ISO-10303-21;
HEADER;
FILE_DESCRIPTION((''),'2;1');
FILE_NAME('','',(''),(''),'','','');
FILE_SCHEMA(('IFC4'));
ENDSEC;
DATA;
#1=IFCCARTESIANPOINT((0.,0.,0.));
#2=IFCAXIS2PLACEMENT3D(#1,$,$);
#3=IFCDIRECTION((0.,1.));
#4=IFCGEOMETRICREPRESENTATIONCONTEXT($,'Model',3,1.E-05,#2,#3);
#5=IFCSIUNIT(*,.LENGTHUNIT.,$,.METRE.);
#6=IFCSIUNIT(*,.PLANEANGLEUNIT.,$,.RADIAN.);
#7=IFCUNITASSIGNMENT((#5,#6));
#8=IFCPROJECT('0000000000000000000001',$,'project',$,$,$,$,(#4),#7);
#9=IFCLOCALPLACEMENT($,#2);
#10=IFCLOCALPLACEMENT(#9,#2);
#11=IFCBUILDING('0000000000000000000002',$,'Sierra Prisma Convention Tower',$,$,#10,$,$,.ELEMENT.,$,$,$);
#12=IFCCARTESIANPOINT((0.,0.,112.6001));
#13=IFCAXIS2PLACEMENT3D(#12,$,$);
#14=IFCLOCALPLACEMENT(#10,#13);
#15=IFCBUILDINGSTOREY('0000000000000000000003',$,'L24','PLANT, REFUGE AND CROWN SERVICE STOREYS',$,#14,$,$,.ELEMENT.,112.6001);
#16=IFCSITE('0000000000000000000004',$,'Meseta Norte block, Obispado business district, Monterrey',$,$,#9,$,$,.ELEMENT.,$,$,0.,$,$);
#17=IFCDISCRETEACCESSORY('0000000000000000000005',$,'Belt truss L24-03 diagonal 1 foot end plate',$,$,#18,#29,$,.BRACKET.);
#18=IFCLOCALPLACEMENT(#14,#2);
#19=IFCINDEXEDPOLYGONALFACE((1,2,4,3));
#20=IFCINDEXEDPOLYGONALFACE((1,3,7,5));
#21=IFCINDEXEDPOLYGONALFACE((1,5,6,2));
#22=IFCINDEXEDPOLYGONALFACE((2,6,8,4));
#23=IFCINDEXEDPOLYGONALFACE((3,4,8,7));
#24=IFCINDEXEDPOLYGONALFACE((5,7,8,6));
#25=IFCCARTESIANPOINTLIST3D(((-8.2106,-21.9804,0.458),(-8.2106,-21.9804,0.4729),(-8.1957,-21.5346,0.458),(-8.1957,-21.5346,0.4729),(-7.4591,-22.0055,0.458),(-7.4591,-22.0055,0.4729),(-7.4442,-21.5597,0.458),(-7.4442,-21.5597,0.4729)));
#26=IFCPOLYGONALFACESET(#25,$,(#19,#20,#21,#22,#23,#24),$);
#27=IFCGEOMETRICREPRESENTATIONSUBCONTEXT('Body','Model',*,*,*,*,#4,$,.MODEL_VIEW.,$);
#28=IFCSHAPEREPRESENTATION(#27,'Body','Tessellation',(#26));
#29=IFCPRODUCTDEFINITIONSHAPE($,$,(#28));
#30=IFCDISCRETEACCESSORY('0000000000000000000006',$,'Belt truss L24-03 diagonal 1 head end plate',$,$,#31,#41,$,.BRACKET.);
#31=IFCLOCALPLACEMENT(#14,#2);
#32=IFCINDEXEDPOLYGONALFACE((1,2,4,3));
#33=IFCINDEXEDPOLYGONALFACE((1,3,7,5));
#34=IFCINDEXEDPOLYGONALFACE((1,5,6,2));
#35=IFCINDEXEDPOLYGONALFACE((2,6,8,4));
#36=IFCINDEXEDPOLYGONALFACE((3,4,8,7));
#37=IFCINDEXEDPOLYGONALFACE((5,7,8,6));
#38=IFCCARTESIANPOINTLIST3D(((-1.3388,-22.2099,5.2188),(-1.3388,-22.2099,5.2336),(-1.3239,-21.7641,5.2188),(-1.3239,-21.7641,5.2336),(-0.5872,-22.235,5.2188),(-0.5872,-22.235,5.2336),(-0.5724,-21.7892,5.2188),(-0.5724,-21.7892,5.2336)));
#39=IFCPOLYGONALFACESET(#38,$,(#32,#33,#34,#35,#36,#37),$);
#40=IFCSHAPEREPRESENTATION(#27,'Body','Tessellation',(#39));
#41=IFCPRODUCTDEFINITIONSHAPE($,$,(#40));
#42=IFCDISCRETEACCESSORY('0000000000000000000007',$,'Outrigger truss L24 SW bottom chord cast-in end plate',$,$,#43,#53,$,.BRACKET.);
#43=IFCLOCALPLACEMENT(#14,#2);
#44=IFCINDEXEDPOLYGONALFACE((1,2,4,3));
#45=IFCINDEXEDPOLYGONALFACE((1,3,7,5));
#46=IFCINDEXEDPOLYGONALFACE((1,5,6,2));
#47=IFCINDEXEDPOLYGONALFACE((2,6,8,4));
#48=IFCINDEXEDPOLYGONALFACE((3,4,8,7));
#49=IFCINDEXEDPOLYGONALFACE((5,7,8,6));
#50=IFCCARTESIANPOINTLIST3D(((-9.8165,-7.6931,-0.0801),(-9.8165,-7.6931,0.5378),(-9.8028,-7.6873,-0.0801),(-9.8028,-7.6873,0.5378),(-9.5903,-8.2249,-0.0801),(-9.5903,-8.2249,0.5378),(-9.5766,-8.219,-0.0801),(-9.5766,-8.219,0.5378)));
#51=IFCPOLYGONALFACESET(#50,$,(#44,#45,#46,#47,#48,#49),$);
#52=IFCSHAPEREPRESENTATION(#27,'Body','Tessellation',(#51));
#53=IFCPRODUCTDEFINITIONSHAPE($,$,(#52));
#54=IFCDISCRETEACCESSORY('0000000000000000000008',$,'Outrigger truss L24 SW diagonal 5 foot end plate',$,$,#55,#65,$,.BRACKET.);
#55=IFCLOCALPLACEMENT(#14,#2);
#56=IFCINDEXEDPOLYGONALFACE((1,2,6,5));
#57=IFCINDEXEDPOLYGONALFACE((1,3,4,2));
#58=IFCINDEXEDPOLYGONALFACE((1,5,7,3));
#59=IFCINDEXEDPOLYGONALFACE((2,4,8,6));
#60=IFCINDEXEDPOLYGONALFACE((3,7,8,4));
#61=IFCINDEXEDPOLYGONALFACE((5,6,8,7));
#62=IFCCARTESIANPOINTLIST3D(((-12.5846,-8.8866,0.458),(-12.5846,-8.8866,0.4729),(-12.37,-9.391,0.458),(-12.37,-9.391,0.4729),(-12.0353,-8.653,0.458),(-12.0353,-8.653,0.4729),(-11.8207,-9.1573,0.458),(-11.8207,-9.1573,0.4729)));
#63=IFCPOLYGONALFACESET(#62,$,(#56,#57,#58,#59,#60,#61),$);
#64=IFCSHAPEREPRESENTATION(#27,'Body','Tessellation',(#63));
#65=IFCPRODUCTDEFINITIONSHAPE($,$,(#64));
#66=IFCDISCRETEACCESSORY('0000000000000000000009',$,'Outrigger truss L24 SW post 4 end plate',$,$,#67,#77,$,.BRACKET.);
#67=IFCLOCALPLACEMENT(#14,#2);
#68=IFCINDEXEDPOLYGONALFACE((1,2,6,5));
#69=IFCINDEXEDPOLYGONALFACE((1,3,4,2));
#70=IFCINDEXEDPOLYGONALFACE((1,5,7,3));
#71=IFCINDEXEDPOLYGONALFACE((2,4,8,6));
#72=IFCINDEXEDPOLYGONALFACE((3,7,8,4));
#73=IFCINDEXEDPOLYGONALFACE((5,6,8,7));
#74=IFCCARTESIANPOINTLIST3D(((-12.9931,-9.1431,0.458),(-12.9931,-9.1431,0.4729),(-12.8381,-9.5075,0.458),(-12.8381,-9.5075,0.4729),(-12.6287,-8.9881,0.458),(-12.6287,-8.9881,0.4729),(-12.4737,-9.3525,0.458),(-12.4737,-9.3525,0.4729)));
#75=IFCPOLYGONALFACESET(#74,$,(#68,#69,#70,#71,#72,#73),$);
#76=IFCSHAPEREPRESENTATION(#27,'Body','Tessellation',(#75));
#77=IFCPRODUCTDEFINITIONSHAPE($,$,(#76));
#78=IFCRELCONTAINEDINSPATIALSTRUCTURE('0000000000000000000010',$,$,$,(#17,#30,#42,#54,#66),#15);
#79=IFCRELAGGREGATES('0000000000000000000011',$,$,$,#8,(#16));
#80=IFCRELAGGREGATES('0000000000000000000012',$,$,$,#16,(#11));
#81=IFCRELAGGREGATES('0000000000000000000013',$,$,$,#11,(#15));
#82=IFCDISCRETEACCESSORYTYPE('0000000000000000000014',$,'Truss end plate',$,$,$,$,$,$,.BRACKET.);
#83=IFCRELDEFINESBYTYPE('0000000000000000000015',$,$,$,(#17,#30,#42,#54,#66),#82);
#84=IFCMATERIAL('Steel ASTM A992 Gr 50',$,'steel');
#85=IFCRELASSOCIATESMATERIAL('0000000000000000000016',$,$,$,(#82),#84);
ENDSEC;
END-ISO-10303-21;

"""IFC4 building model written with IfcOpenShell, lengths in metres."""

from ifc_helpers import new_model, si_unit, direction, frame, origin, origin_2d, place, context, subcontext, project, spatial, rectangle, extrude, material, type_object, element, save


model = new_model("IFC4")

# Units and contexts
model_context = context("Model", 3, precision=1e-05, world=origin(), true_north=direction((0.0, 1.0)))
body_context = subcontext(model_context, "Body", "Model", "MODEL_VIEW")
ifc_project = project(units=[si_unit("LENGTHUNIT", "METRE"), si_unit("PLANEANGLEUNIT", "RADIAN")], contexts=[model_context])

# Site, building, storey
site_placement = place(None, origin())
site = spatial("IfcSite", under=ifc_project, at=site_placement, Name="Meseta Norte block, Obispado business district, Monterrey", CompositionType="ELEMENT", RefElevation=0.0)
building_placement = place(site_placement, origin())
building = spatial("IfcBuilding", under=site, at=building_placement, Name="Sierra Prisma Convention Tower", CompositionType="ELEMENT")
storey_placement = place(building_placement, frame((0.0, 0.0, 112.6001)))
storey = spatial("IfcBuildingStorey", under=building, at=storey_placement, Name="L24", Description="PLANT, REFUGE AND CROWN SERVICE STOREYS", CompositionType="ELEMENT", Elevation=112.6001)

# Discrete accessories
ifc_material_1 = material(Name="Steel ASTM A992 Gr 50", Category="steel")
discrete_accessory_type = type_object("IfcDiscreteAccessoryType", Name="Truss end plate", PredefinedType="BRACKET", material=ifc_material_1)
for number, where, z_axis, x_axis, name in (
    (1, (-7.8274, -21.77, 0.458), (0.0, 0.0, 1.0), (0.999442, -0.033387, 0.0), "Belt truss L24-03 diagonal 1 foot end plate"),
    (2, (-0.9556, -21.9995, 5.2188), (0.0, 0.0, 1.0), (0.999442, -0.033387, 0.0), "Belt truss L24-03 diagonal 1 head end plate"),
):
    element("IfcDiscreteAccessory", number, at=place(storey_placement, frame(where, z_axis=z_axis, x_axis=x_axis)), inside=storey, type_object=discrete_accessory_type, Name=name, PredefinedType="BRACKET", context=body_context, shape_type="SweptSolid", body=[
        extrude(rectangle(XDim=0.752, YDim=0.446, at=origin_2d()), origin(), (0.0, 0.0, 1.0), 0.0149),
    ])
discrete_accessory_1_placement = place(storey_placement, frame((-9.6965, -7.9561, -0.0801), z_axis=(0.0, 0.0, 1.0), x_axis=(0.920213, 0.391419, 0.0)))
element("IfcDiscreteAccessory", 3, at=discrete_accessory_1_placement, inside=storey, type_object=discrete_accessory_type, Name="Outrigger truss L24 SW bottom chord cast-in end plate", PredefinedType="BRACKET", context=body_context, shape_type="SweptSolid", body=[
    extrude(rectangle(XDim=0.0149, YDim=0.5779, at=origin_2d()), origin(), (0.0, 0.0, 1.0), 0.6179),
])
discrete_accessory_2_placement = place(storey_placement, frame((-12.2026, -9.022, 0.458), z_axis=(0.0, 0.0, 1.0), x_axis=(0.920213, 0.391419, 0.0)))
element("IfcDiscreteAccessory", 4, at=discrete_accessory_2_placement, inside=storey, type_object=discrete_accessory_type, Name="Outrigger truss L24 SW diagonal 5 foot end plate", PredefinedType="BRACKET", context=body_context, shape_type="SweptSolid", body=[
    extrude(rectangle(XDim=0.5969, YDim=0.5481, at=origin_2d()), origin(), (0.0, 0.0, 1.0), 0.0149),
])
discrete_accessory_3_placement = place(storey_placement, frame((-12.7334, -9.2478, 0.458), z_axis=(0.0, 0.0, 1.0), x_axis=(0.920213, 0.391419, 0.0)))
element("IfcDiscreteAccessory", 5, at=discrete_accessory_3_placement, inside=storey, type_object=discrete_accessory_type, Name="Outrigger truss L24 SW post 4 end plate", PredefinedType="BRACKET", context=body_context, shape_type="SweptSolid", body=[
    extrude(rectangle(XDim=0.396, YDim=0.396, at=origin_2d()), origin(), (0.0, 0.0, 1.0), 0.0149),
])

save(model, "model.ifc")
